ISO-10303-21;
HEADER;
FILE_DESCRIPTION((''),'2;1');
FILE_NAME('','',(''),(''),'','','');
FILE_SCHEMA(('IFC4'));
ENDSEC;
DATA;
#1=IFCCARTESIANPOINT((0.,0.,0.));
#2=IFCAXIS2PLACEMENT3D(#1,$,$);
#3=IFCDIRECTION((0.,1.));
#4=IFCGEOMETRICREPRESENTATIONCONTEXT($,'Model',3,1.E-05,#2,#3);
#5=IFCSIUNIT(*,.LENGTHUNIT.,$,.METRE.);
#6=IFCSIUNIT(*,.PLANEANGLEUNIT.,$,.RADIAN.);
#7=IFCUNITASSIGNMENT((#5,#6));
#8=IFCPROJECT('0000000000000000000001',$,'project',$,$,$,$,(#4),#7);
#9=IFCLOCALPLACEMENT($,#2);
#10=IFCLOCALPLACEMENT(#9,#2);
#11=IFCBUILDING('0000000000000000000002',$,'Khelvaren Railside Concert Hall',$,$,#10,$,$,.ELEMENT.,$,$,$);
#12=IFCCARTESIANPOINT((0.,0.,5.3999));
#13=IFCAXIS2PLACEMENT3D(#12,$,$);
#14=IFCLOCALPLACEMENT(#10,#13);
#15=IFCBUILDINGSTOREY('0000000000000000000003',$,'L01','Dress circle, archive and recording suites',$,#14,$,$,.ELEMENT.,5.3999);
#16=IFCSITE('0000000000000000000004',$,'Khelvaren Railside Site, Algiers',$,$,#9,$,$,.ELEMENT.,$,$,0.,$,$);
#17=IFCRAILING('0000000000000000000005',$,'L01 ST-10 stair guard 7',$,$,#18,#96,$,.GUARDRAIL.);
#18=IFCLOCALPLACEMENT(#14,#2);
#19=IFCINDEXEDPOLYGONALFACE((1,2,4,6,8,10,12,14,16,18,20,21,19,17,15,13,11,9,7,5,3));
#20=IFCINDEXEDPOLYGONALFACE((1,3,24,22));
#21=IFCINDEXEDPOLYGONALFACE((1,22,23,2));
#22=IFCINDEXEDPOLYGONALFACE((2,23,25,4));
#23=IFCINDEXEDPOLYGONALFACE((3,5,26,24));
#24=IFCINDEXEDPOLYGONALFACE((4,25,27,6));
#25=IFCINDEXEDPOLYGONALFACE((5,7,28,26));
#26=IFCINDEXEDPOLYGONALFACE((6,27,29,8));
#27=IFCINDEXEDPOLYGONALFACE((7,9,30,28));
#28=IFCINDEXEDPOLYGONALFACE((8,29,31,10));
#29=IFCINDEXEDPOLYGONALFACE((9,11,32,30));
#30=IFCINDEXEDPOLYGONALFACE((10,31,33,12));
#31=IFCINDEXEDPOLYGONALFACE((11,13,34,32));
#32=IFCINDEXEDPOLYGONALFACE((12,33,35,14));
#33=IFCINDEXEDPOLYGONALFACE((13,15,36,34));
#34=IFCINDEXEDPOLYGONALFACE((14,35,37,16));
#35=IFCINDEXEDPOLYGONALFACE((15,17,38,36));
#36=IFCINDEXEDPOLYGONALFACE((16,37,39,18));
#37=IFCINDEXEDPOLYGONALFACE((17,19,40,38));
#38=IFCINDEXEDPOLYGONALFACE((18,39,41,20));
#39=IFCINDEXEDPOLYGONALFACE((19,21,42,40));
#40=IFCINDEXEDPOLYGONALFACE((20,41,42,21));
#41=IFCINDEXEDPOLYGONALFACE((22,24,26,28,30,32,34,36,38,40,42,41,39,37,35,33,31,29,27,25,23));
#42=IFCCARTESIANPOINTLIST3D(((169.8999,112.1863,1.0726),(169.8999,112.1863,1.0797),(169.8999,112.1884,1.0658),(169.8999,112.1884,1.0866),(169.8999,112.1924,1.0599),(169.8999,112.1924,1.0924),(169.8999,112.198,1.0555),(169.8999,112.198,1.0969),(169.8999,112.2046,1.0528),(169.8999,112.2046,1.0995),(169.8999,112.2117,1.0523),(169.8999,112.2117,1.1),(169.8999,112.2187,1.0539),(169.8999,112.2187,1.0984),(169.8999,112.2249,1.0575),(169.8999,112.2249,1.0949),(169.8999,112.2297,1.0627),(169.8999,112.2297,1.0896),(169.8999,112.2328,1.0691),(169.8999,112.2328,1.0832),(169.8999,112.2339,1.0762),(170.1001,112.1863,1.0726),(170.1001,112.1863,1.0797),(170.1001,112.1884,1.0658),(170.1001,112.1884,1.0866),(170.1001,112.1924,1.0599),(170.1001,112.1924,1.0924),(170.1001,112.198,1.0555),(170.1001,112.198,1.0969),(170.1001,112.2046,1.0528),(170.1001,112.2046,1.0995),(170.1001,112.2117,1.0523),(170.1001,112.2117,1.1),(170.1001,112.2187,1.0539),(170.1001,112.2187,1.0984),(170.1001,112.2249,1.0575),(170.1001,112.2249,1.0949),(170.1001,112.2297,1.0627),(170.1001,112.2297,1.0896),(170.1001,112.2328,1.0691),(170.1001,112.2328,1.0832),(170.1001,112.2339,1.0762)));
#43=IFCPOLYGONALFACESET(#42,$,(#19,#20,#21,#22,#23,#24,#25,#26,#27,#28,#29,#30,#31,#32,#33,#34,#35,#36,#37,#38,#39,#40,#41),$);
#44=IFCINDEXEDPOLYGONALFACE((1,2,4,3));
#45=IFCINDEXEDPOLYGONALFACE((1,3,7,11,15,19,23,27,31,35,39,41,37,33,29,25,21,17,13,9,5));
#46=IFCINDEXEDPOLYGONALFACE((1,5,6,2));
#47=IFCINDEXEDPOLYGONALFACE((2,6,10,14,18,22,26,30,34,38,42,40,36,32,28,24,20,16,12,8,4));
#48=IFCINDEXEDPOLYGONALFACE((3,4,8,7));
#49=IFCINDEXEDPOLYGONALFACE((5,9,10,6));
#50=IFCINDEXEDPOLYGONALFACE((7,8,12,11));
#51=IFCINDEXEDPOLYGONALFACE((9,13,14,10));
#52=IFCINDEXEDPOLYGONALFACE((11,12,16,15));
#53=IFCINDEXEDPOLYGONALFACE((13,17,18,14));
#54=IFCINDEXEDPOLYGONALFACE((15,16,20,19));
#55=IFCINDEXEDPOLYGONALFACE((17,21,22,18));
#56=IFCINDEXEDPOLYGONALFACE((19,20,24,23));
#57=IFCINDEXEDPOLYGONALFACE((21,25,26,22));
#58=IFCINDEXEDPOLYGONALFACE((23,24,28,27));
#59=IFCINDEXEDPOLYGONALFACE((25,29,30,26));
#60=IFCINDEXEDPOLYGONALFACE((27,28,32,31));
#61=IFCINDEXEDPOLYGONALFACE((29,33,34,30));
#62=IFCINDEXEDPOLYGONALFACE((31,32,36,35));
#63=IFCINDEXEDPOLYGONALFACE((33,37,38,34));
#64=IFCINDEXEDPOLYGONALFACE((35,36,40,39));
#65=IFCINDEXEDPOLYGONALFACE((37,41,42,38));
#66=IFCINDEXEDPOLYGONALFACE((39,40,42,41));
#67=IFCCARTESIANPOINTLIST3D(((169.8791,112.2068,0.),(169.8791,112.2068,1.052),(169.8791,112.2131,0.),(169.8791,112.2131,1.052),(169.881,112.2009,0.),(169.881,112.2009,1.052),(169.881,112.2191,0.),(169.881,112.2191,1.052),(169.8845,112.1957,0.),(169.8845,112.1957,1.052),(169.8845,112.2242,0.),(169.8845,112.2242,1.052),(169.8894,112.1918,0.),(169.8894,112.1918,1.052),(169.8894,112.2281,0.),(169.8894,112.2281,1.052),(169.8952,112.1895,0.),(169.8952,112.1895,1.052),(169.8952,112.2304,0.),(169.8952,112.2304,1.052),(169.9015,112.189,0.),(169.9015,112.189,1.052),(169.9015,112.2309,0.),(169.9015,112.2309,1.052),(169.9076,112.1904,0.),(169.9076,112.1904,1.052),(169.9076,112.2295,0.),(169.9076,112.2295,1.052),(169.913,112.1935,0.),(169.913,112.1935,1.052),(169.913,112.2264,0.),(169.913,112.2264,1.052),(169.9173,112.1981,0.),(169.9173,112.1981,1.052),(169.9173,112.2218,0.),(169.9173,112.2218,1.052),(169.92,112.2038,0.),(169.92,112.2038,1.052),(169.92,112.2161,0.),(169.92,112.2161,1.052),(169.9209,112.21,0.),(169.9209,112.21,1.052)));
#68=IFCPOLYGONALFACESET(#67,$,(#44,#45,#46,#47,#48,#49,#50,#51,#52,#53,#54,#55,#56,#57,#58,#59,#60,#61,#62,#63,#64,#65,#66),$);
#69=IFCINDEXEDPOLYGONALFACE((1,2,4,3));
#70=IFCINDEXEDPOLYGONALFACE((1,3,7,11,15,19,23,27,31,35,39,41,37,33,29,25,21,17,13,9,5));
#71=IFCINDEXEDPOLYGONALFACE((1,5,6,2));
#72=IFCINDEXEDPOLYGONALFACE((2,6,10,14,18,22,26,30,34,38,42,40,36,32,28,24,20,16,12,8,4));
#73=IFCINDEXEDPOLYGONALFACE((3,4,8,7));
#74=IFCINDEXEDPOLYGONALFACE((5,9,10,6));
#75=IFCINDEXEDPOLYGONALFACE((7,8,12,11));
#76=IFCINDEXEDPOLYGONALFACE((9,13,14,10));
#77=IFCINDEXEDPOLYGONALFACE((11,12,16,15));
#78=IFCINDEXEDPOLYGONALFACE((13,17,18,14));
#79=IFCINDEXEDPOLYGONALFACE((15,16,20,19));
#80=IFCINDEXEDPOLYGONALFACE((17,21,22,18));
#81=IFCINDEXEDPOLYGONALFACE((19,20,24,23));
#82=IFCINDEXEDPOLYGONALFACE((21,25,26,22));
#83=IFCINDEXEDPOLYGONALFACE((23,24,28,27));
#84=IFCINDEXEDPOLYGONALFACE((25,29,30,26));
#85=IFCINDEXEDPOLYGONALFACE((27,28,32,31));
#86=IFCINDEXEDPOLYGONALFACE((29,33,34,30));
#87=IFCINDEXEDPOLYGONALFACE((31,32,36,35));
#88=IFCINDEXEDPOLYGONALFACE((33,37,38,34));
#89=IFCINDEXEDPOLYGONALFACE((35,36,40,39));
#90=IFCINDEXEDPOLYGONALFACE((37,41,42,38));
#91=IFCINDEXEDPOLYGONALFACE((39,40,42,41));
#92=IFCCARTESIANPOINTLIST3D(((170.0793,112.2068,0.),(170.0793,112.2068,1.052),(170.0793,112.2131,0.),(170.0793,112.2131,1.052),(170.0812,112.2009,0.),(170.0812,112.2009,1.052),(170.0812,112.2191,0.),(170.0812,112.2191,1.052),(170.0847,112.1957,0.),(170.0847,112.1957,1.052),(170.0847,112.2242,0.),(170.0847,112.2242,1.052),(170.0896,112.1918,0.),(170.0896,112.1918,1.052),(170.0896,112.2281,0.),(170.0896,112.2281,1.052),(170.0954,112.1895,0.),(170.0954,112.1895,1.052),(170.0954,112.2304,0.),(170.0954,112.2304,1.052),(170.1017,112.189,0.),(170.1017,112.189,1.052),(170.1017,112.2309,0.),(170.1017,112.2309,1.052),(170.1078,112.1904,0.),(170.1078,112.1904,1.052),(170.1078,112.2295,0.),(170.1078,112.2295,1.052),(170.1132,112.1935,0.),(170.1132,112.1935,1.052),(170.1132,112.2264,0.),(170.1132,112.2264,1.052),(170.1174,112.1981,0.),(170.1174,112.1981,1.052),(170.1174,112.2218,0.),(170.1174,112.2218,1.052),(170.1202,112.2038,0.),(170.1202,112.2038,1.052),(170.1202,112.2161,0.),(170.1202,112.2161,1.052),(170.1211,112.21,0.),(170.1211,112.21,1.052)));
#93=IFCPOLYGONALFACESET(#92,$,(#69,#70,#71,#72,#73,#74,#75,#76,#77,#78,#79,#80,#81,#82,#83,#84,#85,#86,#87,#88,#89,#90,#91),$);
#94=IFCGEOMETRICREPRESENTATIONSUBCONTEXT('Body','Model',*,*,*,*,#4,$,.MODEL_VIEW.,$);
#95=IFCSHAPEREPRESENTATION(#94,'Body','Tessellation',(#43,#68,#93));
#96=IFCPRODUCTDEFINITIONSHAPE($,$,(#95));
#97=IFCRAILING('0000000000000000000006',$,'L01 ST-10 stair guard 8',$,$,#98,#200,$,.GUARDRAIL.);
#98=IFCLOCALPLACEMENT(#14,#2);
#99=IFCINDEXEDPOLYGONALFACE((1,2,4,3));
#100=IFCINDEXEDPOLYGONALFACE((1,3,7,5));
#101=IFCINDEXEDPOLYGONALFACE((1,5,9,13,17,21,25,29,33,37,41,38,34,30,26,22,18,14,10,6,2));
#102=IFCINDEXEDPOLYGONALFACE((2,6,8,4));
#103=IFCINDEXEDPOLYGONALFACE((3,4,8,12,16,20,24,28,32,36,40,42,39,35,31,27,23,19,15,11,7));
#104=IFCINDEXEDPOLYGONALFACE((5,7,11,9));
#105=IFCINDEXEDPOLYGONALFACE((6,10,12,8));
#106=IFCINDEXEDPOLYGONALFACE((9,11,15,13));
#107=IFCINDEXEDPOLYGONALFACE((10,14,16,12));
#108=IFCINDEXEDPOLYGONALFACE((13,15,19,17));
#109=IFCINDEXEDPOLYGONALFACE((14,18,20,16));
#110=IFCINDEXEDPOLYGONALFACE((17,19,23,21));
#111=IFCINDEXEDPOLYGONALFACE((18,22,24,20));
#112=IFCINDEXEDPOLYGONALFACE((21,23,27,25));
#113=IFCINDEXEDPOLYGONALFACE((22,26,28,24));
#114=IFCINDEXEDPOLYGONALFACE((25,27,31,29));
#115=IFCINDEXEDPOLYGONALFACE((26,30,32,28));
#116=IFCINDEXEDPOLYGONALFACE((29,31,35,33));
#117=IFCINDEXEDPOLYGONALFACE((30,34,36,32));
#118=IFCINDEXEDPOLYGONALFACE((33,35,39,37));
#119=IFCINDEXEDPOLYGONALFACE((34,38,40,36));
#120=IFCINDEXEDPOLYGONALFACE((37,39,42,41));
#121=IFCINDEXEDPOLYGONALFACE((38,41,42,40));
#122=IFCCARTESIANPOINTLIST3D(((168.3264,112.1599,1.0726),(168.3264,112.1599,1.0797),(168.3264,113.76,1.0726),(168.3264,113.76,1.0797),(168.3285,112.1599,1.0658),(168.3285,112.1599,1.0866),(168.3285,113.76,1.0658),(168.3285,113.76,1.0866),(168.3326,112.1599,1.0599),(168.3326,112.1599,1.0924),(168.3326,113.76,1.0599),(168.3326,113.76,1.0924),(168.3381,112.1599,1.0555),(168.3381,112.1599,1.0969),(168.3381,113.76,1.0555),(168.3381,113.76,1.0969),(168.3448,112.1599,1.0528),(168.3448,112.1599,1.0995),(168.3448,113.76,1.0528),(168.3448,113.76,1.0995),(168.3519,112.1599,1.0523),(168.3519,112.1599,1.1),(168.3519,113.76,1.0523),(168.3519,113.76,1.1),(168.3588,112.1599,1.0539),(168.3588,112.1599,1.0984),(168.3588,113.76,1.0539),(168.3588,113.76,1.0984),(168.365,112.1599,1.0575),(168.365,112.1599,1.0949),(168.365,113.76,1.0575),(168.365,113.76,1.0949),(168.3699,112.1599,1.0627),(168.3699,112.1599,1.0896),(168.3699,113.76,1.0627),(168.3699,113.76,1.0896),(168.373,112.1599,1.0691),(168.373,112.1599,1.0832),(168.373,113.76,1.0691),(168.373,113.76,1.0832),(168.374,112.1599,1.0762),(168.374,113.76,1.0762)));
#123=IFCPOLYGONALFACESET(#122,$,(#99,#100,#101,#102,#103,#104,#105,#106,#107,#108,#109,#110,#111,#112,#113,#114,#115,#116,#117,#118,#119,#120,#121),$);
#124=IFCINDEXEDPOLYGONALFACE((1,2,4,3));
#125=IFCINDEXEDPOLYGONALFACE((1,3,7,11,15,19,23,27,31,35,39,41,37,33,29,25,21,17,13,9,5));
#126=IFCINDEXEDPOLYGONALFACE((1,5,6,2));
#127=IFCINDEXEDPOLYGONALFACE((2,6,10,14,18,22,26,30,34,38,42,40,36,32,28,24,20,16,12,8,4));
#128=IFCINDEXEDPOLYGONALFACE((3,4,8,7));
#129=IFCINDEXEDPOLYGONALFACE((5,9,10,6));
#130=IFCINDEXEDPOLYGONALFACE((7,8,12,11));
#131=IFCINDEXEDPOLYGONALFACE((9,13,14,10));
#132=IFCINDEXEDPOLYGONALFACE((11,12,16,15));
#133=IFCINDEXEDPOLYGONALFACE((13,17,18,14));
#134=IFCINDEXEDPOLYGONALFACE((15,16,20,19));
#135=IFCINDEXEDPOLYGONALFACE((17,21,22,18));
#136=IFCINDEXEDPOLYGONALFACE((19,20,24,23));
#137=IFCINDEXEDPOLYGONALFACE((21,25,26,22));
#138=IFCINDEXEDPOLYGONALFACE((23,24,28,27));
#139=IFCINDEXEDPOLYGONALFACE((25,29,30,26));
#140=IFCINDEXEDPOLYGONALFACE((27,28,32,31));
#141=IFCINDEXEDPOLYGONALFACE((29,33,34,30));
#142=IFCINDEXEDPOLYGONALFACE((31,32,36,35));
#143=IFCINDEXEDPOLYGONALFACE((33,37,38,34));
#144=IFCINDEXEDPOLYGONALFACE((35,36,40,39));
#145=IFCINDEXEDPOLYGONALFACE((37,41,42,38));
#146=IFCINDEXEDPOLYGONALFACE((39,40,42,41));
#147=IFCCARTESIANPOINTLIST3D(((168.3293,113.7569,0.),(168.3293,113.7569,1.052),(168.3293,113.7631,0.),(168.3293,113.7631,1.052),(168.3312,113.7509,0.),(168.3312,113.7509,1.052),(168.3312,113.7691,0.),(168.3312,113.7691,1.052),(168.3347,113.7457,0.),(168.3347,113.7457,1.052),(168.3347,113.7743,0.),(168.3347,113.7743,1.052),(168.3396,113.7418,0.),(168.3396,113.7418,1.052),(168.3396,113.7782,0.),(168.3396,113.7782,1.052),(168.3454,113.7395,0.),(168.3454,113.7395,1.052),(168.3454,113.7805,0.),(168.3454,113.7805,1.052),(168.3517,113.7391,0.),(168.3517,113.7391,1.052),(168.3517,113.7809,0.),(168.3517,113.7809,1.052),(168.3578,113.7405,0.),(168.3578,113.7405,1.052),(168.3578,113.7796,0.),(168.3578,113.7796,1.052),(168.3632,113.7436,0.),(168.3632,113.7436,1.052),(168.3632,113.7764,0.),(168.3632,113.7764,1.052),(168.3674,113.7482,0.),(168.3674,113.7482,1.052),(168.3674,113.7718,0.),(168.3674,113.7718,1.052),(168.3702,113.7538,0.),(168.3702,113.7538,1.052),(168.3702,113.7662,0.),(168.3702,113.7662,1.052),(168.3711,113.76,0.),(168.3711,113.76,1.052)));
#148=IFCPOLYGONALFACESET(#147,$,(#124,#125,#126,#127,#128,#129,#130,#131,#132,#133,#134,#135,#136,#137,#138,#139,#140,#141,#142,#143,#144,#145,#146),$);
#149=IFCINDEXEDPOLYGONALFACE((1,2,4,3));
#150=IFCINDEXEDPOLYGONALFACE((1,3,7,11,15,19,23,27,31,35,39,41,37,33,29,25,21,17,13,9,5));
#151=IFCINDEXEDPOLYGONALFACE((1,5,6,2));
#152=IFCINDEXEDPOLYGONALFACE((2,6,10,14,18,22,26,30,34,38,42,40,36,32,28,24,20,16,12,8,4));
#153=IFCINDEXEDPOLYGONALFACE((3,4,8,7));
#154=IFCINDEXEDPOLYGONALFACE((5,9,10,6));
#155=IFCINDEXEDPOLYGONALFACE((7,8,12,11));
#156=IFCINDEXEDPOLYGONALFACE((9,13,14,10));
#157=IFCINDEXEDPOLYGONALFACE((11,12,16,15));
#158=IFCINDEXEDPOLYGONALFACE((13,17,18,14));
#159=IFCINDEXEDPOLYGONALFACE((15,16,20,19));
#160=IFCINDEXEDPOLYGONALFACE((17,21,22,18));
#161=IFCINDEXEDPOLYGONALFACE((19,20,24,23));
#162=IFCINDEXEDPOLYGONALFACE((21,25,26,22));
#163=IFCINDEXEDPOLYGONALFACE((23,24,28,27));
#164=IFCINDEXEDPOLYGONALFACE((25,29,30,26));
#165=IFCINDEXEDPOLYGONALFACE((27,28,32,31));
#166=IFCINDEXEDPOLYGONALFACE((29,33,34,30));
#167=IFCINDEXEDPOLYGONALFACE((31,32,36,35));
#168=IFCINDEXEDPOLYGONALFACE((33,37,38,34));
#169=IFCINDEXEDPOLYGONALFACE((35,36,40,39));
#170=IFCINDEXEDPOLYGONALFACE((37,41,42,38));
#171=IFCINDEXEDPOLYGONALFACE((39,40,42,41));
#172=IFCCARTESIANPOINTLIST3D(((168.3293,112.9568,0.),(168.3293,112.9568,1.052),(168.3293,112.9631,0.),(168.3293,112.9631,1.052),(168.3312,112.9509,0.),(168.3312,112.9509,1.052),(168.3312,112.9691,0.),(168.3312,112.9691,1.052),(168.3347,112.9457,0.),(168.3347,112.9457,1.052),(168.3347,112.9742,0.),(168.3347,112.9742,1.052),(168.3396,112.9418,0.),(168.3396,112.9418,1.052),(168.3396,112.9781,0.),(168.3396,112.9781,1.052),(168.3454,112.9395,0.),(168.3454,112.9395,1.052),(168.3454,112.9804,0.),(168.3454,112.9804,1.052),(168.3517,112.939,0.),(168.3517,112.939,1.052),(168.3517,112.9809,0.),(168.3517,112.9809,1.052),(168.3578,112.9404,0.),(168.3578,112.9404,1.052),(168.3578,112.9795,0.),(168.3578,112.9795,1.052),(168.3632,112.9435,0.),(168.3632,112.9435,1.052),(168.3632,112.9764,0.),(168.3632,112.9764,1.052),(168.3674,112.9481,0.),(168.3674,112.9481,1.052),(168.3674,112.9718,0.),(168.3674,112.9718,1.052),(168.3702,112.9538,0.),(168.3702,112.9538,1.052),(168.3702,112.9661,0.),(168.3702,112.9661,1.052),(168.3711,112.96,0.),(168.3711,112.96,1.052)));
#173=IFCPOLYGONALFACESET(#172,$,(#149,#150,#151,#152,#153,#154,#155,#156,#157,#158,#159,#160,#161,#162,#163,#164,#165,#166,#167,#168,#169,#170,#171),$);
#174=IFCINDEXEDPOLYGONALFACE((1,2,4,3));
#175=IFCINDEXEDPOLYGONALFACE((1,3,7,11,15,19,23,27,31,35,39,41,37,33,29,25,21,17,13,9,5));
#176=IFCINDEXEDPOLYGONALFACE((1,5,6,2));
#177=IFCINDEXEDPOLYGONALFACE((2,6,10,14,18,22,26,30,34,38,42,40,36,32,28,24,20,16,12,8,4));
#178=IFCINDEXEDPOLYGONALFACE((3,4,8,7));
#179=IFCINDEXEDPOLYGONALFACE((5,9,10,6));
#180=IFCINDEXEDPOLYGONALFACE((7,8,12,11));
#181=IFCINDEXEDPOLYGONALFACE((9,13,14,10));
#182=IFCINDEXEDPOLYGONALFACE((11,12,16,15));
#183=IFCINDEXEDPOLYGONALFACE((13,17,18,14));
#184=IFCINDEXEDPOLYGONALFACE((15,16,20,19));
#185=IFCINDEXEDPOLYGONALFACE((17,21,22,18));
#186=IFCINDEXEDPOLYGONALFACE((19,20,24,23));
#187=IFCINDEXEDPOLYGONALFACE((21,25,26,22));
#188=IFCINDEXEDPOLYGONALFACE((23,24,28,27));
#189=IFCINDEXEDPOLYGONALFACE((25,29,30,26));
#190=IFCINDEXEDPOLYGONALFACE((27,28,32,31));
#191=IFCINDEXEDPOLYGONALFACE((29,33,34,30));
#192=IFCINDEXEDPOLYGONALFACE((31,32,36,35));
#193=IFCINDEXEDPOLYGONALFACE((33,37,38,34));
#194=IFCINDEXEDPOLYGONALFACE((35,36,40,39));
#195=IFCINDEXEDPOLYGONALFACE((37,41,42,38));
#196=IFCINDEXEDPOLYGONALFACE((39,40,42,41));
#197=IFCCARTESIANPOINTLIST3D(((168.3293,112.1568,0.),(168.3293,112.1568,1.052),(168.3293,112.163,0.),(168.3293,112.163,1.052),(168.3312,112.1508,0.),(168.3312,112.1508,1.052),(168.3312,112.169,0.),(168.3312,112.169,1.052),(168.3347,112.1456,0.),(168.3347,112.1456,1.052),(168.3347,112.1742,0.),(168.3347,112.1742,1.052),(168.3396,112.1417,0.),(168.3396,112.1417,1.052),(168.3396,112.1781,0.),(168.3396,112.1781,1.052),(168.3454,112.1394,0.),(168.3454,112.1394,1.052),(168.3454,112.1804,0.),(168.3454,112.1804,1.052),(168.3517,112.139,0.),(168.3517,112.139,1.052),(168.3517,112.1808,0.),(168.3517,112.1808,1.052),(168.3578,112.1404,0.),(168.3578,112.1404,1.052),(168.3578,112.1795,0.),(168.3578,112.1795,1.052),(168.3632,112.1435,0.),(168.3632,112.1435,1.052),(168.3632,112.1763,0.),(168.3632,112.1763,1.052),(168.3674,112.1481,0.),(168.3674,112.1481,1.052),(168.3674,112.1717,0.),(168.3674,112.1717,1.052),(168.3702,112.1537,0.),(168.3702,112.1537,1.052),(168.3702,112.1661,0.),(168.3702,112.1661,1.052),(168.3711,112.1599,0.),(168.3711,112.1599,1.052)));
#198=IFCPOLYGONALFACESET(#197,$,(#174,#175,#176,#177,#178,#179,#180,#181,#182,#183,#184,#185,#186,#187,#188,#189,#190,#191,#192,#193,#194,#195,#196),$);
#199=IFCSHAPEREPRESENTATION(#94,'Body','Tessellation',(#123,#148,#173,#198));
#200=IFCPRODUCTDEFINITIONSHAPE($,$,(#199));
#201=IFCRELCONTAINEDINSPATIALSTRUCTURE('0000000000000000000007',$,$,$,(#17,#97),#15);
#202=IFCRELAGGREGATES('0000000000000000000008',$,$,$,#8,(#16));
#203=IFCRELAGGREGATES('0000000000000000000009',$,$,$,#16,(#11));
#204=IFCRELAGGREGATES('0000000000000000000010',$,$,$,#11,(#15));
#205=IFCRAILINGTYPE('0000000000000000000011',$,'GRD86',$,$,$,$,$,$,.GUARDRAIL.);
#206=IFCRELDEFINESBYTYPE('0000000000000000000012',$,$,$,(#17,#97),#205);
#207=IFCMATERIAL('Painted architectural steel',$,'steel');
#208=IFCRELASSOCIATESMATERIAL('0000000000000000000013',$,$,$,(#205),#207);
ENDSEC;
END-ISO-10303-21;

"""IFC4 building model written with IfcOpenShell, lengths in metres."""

from ifc_helpers import new_model, si_unit, direction, frame, origin, origin_2d, place, context, subcontext, project, spatial, circle, extrude, material, type_object, element, save


model = new_model("IFC4")

# Units and contexts
model_context = context("Model", 3, precision=1e-05, world=origin(), true_north=direction((0.0, 1.0)))
body_context = subcontext(model_context, "Body", "Model", "MODEL_VIEW")
ifc_project = project(units=[si_unit("LENGTHUNIT", "METRE"), si_unit("PLANEANGLEUNIT", "RADIAN")], contexts=[model_context])

# Site, building, storey
site_placement = place(None, origin())
site = spatial("IfcSite", under=ifc_project, at=site_placement, Name="Khelvaren Railside Site, Algiers", CompositionType="ELEMENT", RefElevation=0.0)
building_placement = place(site_placement, origin())
building = spatial("IfcBuilding", under=site, at=building_placement, Name="Khelvaren Railside Concert Hall", CompositionType="ELEMENT")
storey_placement = place(building_placement, frame((0.0, 0.0, 5.3999)))
storey = spatial("IfcBuildingStorey", under=building, at=storey_placement, Name="L01", Description="Dress circle, archive and recording suites", CompositionType="ELEMENT", Elevation=5.3999)

# Railings
ifc_material_1 = material(Name="Painted architectural steel", Category="steel")
railing_type_1 = type_object("IfcRailingType", Name="GRD86", PredefinedType="GUARDRAIL", material=ifc_material_1)
railing_1_placement = place(storey_placement, frame((169.8999, 112.21, 0.0)))
element("IfcRailing", 1, at=railing_1_placement, inside=storey, type_object=railing_type_1, Name="L01 ST-10 stair guard 7", PredefinedType="GUARDRAIL", context=body_context, shape_type="SweptSolid", body=[
    extrude(circle(Radius=0.0239, at=origin_2d()), frame((0.0, 0.0, 1.0762), z_axis=(1.0, 0.0, 0.0), x_axis=(0.0, 1.0, 0.0)), (0.0, 0.0, 1.0), 0.2002),
    extrude(circle(Radius=0.021, at=origin_2d()), origin(), (0.0, 0.0, 1.0), 1.052),
    extrude(circle(Radius=0.021, at=origin_2d()), frame((0.2002, 0.0, 0.0)), (0.0, 0.0, 1.0), 1.052),
])
for number, where, name in (
    (2, (168.3501, 113.76, 0.0), "L01 ST-10 stair guard 8"),
):
    element("IfcRailing", number, at=place(storey_placement, frame(where)), inside=storey, type_object=railing_type_1, Name=name, PredefinedType="GUARDRAIL", context=body_context, shape_type="SweptSolid", body=[
        extrude(circle(Radius=0.0239, at=origin_2d()), frame((0.0, 0.0, 1.0762), z_axis=(0.0, -1.0, 0.0), x_axis=(1.0, 0.0, 0.0)), (0.0, 0.0, 1.0), 1.6001),
        extrude(circle(Radius=0.021, at=origin_2d()), origin(), (0.0, 0.0, 1.0), 1.052),
        extrude(circle(Radius=0.021, at=origin_2d()), frame((0.0, -0.8, 0.0)), (0.0, 0.0, 1.0), 1.052),
        extrude(circle(Radius=0.021, at=origin_2d()), frame((0.0, -1.6001, 0.0)), (0.0, 0.0, 1.0), 1.052),
    ])

save(model, "model.ifc")
